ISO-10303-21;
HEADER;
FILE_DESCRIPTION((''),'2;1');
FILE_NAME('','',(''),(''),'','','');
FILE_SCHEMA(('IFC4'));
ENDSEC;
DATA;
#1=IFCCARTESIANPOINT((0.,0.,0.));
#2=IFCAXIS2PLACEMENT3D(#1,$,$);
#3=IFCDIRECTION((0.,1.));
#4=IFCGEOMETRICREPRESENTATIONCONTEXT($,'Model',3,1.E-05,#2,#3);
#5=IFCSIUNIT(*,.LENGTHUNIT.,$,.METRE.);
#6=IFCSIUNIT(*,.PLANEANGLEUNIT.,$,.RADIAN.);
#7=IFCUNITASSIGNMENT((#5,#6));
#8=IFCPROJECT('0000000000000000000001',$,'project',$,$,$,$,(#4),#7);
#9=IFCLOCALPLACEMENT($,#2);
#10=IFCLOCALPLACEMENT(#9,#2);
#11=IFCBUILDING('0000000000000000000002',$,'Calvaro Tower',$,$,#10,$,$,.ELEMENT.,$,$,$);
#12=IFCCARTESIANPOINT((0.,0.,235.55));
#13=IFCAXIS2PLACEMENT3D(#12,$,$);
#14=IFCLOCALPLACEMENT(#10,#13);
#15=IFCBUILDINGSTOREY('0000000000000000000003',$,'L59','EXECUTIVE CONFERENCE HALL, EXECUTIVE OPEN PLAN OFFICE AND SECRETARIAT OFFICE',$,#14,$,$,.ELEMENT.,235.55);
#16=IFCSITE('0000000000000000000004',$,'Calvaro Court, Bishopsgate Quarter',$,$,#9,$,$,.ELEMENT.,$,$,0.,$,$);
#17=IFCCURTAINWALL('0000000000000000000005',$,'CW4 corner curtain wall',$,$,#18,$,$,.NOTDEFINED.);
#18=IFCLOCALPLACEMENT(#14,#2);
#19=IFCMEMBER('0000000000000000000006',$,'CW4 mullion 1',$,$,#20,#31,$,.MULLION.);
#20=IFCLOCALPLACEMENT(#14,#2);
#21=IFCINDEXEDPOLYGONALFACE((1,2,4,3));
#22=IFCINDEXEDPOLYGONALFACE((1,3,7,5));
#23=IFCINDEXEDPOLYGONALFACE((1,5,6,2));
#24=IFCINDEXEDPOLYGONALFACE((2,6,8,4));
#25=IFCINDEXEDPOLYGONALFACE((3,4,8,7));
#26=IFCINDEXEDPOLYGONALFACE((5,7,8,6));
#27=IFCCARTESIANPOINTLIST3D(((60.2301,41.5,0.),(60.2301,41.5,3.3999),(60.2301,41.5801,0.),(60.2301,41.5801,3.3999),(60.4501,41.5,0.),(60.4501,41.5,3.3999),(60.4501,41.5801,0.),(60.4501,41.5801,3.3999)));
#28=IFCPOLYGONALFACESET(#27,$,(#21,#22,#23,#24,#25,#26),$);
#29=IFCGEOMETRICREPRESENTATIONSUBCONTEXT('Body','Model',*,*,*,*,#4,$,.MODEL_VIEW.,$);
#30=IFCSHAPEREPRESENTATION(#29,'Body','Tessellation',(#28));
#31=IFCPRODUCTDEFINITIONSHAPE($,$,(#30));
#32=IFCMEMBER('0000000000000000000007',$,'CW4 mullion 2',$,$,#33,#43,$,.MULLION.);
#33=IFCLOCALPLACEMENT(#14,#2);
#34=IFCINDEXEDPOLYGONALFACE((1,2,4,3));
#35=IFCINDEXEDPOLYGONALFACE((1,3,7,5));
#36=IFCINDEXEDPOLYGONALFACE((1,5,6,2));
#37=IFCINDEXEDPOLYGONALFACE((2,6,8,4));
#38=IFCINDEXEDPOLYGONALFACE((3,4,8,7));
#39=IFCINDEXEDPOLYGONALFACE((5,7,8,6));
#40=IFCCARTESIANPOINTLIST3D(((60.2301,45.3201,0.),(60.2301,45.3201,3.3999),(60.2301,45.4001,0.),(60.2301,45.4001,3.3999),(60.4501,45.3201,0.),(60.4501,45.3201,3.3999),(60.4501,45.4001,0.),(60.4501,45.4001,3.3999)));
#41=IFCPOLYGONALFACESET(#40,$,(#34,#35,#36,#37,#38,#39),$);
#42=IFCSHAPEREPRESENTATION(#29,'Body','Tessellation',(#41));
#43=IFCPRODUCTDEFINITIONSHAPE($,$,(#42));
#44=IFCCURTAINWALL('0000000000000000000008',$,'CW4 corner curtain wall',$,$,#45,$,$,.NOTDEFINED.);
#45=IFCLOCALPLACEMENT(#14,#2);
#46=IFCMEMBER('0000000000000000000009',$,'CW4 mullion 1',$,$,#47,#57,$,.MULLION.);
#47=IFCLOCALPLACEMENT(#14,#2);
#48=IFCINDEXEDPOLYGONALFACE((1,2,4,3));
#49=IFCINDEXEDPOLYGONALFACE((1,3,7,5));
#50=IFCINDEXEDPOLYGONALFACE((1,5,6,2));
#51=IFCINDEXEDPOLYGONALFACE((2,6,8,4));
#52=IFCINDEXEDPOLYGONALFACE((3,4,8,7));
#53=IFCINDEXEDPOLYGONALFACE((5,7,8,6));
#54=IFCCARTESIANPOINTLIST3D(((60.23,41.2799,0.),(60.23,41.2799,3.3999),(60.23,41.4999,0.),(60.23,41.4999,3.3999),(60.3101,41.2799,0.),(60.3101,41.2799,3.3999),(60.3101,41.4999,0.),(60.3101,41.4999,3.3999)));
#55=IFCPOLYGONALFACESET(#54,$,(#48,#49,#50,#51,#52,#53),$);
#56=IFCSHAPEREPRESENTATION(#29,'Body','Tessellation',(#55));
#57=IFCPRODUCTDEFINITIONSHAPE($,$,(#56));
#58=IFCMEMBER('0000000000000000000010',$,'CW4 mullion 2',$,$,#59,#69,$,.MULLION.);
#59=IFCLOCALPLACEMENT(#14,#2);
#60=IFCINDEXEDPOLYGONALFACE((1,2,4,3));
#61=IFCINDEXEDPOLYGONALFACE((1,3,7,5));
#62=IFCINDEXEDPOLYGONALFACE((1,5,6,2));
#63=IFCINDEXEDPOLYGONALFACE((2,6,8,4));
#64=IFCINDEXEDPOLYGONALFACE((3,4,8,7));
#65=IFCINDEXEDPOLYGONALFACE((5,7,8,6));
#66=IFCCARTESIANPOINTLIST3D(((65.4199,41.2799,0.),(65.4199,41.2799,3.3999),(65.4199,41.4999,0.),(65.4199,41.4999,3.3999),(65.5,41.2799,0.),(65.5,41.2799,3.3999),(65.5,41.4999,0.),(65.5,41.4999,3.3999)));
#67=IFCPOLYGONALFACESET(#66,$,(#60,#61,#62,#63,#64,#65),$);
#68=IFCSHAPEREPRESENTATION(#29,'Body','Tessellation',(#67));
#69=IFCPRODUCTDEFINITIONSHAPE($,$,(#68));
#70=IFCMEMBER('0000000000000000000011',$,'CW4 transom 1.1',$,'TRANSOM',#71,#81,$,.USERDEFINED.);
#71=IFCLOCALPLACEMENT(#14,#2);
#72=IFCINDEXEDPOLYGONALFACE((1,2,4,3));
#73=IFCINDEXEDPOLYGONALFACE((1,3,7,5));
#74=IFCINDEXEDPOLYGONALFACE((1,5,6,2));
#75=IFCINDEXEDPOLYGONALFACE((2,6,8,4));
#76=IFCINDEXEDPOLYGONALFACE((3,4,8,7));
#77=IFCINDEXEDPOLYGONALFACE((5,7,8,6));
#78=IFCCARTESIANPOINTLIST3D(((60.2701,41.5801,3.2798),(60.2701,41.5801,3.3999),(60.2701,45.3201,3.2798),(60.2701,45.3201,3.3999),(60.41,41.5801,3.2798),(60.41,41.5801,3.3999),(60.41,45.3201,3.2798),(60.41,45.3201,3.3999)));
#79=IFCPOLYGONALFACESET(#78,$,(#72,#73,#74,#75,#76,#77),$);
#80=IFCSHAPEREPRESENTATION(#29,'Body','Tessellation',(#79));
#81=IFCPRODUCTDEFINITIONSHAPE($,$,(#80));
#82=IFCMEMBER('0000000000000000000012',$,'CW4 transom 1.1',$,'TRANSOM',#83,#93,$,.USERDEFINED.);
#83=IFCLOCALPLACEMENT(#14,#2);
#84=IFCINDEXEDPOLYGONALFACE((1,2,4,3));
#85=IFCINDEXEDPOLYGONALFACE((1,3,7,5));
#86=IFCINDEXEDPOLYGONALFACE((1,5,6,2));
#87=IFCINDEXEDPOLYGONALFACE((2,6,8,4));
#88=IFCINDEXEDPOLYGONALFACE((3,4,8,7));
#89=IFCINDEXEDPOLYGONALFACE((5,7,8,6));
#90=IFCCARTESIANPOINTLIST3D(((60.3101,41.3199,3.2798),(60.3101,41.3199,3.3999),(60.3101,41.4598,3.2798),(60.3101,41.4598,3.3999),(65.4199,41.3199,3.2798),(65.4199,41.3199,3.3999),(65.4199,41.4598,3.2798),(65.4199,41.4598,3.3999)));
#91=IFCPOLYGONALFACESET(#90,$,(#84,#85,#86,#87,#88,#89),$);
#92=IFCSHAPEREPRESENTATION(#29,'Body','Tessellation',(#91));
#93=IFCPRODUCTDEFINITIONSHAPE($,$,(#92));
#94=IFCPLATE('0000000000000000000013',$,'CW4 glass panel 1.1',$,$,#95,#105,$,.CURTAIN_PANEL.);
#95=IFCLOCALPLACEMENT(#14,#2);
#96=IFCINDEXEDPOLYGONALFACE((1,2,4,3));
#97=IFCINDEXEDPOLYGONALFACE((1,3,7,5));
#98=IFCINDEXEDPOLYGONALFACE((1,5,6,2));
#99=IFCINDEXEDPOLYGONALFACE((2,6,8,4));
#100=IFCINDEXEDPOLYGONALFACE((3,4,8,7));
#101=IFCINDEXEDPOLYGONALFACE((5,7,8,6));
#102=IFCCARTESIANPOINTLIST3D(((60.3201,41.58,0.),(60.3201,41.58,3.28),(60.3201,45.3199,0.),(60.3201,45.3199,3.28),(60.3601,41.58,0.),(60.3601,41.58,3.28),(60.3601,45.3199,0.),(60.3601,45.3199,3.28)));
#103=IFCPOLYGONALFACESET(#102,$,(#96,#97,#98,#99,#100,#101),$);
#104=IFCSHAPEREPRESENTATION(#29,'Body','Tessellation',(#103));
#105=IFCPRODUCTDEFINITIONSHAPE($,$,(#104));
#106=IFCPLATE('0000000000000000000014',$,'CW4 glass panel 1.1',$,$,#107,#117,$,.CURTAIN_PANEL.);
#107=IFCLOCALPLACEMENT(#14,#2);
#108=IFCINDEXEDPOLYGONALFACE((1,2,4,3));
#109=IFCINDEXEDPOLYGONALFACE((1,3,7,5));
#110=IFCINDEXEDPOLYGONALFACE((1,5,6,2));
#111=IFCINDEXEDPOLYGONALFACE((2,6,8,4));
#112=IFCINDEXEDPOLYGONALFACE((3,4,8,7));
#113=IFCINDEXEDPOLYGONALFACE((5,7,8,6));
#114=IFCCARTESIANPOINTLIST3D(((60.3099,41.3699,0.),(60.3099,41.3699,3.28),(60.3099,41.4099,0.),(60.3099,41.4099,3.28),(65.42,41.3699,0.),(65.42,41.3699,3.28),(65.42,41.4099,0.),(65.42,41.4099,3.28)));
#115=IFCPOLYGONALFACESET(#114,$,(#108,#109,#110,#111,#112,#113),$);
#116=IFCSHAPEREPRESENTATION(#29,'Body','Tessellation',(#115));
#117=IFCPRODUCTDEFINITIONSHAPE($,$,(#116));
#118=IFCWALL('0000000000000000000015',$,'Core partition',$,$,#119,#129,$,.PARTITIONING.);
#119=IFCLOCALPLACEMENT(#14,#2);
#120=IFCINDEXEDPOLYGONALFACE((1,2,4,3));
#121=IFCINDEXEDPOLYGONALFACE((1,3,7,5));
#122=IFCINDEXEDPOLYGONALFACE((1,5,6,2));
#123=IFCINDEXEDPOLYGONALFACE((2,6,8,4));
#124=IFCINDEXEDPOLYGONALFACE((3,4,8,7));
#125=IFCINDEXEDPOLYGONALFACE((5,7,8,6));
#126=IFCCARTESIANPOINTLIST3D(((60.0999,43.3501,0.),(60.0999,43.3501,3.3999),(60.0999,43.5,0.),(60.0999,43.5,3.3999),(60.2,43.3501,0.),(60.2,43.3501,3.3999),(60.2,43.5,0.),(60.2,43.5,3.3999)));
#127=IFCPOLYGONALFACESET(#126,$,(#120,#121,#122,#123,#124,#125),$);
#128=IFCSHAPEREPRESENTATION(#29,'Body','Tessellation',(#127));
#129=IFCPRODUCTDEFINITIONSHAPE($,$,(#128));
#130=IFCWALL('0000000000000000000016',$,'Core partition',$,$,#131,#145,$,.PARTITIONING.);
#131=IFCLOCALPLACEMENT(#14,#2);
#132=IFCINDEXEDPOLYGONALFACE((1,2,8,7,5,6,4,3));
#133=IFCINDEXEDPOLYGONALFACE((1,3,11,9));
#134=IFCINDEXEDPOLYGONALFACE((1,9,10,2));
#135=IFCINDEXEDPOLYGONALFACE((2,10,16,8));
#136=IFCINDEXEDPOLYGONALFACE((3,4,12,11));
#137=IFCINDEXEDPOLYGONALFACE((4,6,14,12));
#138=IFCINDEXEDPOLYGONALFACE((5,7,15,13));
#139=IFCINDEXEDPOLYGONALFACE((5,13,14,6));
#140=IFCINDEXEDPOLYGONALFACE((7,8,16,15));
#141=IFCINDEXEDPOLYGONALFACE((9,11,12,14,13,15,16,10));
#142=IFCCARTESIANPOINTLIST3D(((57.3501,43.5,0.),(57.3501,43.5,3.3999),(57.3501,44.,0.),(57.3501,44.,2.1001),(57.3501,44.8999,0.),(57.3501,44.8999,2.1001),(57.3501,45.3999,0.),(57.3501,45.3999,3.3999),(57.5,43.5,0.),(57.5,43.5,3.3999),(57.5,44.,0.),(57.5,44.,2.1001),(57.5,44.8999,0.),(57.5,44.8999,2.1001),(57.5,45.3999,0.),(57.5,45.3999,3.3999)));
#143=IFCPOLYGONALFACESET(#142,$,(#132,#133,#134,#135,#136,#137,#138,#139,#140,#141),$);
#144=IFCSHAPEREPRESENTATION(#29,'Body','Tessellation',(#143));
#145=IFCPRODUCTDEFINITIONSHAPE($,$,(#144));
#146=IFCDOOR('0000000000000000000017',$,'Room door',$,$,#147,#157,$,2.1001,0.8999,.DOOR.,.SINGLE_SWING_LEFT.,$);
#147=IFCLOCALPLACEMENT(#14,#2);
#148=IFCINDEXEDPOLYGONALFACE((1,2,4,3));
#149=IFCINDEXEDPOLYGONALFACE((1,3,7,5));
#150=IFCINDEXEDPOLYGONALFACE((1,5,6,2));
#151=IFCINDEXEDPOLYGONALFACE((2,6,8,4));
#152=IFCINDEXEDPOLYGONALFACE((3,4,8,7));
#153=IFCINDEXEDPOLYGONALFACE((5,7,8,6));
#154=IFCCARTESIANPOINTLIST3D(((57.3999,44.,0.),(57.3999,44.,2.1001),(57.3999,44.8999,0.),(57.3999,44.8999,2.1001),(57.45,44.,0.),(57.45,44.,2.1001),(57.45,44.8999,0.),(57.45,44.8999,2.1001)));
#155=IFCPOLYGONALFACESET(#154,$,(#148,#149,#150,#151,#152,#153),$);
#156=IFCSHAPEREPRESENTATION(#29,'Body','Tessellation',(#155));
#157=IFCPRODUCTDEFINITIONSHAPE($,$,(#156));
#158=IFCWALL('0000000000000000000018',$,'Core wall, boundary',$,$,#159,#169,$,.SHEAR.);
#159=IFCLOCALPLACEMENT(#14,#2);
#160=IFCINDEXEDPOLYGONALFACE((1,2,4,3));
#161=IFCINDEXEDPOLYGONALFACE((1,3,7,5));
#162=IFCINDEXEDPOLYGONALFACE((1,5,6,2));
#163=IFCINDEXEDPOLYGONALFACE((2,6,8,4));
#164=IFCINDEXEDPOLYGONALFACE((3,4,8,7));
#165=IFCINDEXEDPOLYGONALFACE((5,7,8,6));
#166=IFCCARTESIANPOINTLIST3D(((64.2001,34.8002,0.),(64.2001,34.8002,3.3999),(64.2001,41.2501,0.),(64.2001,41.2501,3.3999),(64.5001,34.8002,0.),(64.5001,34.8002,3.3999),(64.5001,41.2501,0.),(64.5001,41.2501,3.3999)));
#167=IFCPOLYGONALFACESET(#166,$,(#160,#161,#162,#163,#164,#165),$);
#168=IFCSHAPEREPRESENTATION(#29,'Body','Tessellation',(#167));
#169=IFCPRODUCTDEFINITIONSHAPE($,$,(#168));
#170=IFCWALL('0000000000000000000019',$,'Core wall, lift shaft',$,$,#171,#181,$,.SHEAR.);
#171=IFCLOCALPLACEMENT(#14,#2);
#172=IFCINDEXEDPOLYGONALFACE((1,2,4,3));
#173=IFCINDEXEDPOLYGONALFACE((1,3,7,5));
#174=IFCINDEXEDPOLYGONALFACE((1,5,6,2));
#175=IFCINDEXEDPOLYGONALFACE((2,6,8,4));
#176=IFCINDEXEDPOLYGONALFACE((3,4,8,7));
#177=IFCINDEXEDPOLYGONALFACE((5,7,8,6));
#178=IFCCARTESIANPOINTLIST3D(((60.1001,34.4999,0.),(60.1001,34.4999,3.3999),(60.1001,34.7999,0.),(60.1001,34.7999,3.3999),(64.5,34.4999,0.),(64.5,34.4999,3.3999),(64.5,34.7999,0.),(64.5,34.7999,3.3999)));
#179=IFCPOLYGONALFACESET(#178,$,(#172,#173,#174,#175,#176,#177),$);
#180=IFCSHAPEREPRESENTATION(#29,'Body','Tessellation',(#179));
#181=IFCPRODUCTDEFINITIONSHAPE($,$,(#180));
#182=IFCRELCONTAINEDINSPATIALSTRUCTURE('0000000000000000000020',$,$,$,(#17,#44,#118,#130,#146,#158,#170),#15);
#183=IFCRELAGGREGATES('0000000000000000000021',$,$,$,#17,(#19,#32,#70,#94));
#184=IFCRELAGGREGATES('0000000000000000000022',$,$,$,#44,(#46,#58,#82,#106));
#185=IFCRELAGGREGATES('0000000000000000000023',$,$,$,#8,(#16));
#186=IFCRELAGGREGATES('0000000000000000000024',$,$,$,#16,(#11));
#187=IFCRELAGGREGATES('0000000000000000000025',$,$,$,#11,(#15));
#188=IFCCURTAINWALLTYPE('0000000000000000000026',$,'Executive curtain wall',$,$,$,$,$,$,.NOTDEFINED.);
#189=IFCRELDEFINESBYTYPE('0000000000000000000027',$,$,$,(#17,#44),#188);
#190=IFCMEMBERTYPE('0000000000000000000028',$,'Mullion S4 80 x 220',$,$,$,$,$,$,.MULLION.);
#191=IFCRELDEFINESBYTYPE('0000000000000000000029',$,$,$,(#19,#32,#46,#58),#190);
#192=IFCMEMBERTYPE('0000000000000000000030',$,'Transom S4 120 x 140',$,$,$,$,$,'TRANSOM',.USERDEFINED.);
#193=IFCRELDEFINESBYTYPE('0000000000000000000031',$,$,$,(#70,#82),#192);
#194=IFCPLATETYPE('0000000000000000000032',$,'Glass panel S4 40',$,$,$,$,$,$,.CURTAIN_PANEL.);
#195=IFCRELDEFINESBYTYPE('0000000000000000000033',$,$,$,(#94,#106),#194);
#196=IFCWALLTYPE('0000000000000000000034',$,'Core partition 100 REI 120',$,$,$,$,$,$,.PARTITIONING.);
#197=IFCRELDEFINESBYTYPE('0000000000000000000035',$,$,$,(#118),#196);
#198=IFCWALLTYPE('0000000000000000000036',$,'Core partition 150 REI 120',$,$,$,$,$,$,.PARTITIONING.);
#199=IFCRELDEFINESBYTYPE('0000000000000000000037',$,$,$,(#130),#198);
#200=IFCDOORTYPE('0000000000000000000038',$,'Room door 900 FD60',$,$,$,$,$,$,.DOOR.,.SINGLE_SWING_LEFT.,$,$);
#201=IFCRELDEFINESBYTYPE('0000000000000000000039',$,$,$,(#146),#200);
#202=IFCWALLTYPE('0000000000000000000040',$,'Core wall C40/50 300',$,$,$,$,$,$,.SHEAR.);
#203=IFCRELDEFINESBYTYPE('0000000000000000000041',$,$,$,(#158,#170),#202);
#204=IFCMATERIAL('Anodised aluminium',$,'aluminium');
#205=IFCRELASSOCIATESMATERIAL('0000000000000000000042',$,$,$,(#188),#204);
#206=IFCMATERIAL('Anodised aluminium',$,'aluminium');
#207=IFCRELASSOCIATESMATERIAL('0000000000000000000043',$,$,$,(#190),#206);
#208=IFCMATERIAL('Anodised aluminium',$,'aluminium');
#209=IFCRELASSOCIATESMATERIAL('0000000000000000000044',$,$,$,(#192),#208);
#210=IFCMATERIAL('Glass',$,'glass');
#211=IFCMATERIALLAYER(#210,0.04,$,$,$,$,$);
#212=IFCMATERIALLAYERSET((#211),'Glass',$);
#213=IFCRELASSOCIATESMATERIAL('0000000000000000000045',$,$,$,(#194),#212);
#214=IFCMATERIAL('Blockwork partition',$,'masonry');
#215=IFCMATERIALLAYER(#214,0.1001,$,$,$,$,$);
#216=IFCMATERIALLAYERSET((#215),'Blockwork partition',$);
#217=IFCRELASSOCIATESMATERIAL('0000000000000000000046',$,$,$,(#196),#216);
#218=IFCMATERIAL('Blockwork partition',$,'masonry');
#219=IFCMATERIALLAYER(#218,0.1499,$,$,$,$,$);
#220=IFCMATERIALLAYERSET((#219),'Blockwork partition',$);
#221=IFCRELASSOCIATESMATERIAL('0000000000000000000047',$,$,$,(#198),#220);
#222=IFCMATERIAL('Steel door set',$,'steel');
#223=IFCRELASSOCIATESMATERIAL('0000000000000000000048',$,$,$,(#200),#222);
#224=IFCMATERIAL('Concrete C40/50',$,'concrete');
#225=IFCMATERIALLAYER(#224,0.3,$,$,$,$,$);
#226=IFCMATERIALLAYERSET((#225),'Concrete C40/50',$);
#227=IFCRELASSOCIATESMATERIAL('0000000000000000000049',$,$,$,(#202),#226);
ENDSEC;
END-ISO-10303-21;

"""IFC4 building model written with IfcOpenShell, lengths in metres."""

from ifc_helpers import new_model, si_unit, direction, frame, frame_2d, origin, origin_2d, place, context, subcontext, project, spatial, rectangle, extrude, material, layer, layer_set, material_profile, profile_set, type_object, element, fill, aggregate, save


model = new_model("IFC4")

# Units and contexts
model_context = context("Model", 3, precision=1e-05, world=origin(), true_north=direction((0.0, 1.0)))
body_context = subcontext(model_context, "Body", "Model", "MODEL_VIEW")
ifc_project = project(units=[si_unit("LENGTHUNIT", "METRE"), si_unit("PLANEANGLEUNIT", "RADIAN")], contexts=[model_context])

# Site, building, storey
site_placement = place(None, origin())
site = spatial("IfcSite", under=ifc_project, at=site_placement, Name="Calvaro Court, Bishopsgate Quarter", CompositionType="ELEMENT", RefElevation=0.0)
building_placement = place(site_placement, origin())
building = spatial("IfcBuilding", under=site, at=building_placement, Name="Calvaro Tower", CompositionType="ELEMENT")
storey_placement = place(building_placement, frame((0.0, 0.0, 235.55)))
storey = spatial("IfcBuildingStorey", under=building, at=storey_placement, Name="L59", Description="EXECUTIVE CONFERENCE HALL, EXECUTIVE OPEN PLAN OFFICE AND SECRETARIAT OFFICE", CompositionType="ELEMENT", Elevation=235.55)

# Curtain walls, members
ifc_material_1 = material(Name="Anodised aluminium", Category="aluminium")
curtain_wall_type = type_object("IfcCurtainWallType", Name="Executive curtain wall", PredefinedType="NOTDEFINED", material=ifc_material_1)
curtain_wall_1_placement = place(storey_placement, origin())
curtain_wall_1 = element("IfcCurtainWall", 1, at=curtain_wall_1_placement, inside=storey, type_object=curtain_wall_type, Name="CW4 corner curtain wall", PredefinedType="NOTDEFINED")
ifc_material_2 = material(Name="Anodised aluminium", Category="aluminium")
ifc_material_profile_1 = material_profile(ifc_material_2, rectangle(XDim=0.22, YDim=0.0801, at=origin_2d()), Name="Mullion S4 80 x 220")
ifc_profile_set_1 = profile_set([ifc_material_profile_1], Name="Anodised aluminium")
member_type_1 = type_object("IfcMemberType", Name="Mullion S4 80 x 220", PredefinedType="MULLION", material=ifc_profile_set_1)
member_1_placement = place(storey_placement, frame((60.3401, 41.54, 0.0), z_axis=(0.0, 0.0, 1.0), x_axis=(-1.0, 0.0, 0.0)))
member_1 = element("IfcMember", 2, at=member_1_placement, type_object=member_type_1, Name="CW4 mullion 1", PredefinedType="MULLION", context=body_context, shape_type="SweptSolid", body=[
    extrude(rectangle(XDim=0.22, YDim=0.0801, at=origin_2d()), origin(), (0.0, 0.0, 1.0), 3.3999),
])
member_2_placement = place(storey_placement, frame((60.3401, 45.3601, 0.0), z_axis=(0.0, 0.0, 1.0), x_axis=(-1.0, 0.0, 0.0)))
member_2 = element("IfcMember", 3, at=member_2_placement, type_object=member_type_1, Name="CW4 mullion 2", PredefinedType="MULLION", context=body_context, shape_type="SweptSolid", body=[
    extrude(rectangle(XDim=0.22, YDim=0.0801, at=origin_2d()), origin(), (0.0, 0.0, 1.0), 3.3999),
])
curtain_wall_2_placement = place(storey_placement, origin())
curtain_wall_2 = element("IfcCurtainWall", 4, at=curtain_wall_2_placement, inside=storey, type_object=curtain_wall_type, Name="CW4 corner curtain wall", PredefinedType="NOTDEFINED")
member_3_placement = place(storey_placement, frame((60.27, 41.3899, 0.0), z_axis=(0.0, 0.0, 1.0), x_axis=(0.0, 1.0, 0.0)))
member_3 = element("IfcMember", 5, at=member_3_placement, type_object=member_type_1, Name="CW4 mullion 1", PredefinedType="MULLION", context=body_context, shape_type="SweptSolid", body=[
    extrude(rectangle(XDim=0.22, YDim=0.0801, at=origin_2d()), origin(), (0.0, 0.0, 1.0), 3.3999),
])
member_4_placement = place(storey_placement, frame((65.46, 41.3899, 0.0), z_axis=(0.0, 0.0, 1.0), x_axis=(0.0, 1.0, 0.0)))
member_4 = element("IfcMember", 6, at=member_4_placement, type_object=member_type_1, Name="CW4 mullion 2", PredefinedType="MULLION", context=body_context, shape_type="SweptSolid", body=[
    extrude(rectangle(XDim=0.22, YDim=0.0801, at=origin_2d()), origin(), (0.0, 0.0, 1.0), 3.3999),
])

# Members
ifc_material_3 = material(Name="Anodised aluminium", Category="aluminium")
ifc_material_profile_2 = material_profile(ifc_material_3, rectangle(XDim=0.1399, YDim=0.1201, at=origin_2d()), Name="Transom S4 120 x 140")
ifc_profile_set_2 = profile_set([ifc_material_profile_2], Name="Anodised aluminium")
member_type_2 = type_object("IfcMemberType", Name="Transom S4 120 x 140", ElementType="TRANSOM", PredefinedType="USERDEFINED", material=ifc_profile_set_2)
member_5_placement = place(storey_placement, frame((60.3401, 41.5801, 3.3398), z_axis=(0.0, 1.0, 0.0), x_axis=(-1.0, 0.0, 0.0)))
member_5 = element("IfcMember", 7, at=member_5_placement, type_object=member_type_2, Name="CW4 transom 1.1", ObjectType="TRANSOM", PredefinedType="USERDEFINED", context=body_context, shape_type="SweptSolid", body=[
    extrude(rectangle(XDim=0.1399, YDim=0.1201, at=origin_2d()), origin(), (0.0, 0.0, 1.0), 3.74),
])
member_6_placement = place(storey_placement, frame((60.3101, 41.3899, 3.3398), z_axis=(1.0, 0.0, 0.0), x_axis=(0.0, 1.0, 0.0)))
member_6 = element("IfcMember", 8, at=member_6_placement, type_object=member_type_2, Name="CW4 transom 1.1", ObjectType="TRANSOM", PredefinedType="USERDEFINED", context=body_context, shape_type="SweptSolid", body=[
    extrude(rectangle(XDim=0.1399, YDim=0.1201, at=origin_2d()), origin(), (0.0, 0.0, 1.0), 5.1099),
])

# Plates
ifc_material_4 = material(Name="Glass", Category="glass")
ifc_layer_1 = layer(ifc_material_4, 0.04)
ifc_layer_set_1 = layer_set([ifc_layer_1], Name="Glass")
plate_type = type_object("IfcPlateType", Name="Glass panel S4 40", PredefinedType="CURTAIN_PANEL", material=ifc_layer_set_1)
plate_1_placement = place(storey_placement, frame((60.3401, 43.45, 0.0), z_axis=(0.0, 0.0, 1.0), x_axis=(0.0, 1.0, 0.0)))
plate_1 = element("IfcPlate", 9, at=plate_1_placement, type_object=plate_type, Name="CW4 glass panel 1.1", PredefinedType="CURTAIN_PANEL", context=body_context, shape_type="SweptSolid", body=[
    extrude(rectangle(XDim=3.74, YDim=0.04, at=origin_2d()), origin(), (0.0, 0.0, 1.0), 3.28),
])
aggregate(curtain_wall_1, [member_1, member_2, member_5, plate_1])
plate_2_placement = place(storey_placement, frame((62.865, 41.3899, 0.0), z_axis=(0.0, 0.0, 1.0), x_axis=(1.0, 0.0, 0.0)))
plate_2 = element("IfcPlate", 10, at=plate_2_placement, type_object=plate_type, Name="CW4 glass panel 1.1", PredefinedType="CURTAIN_PANEL", context=body_context, shape_type="SweptSolid", body=[
    extrude(rectangle(XDim=5.1101, YDim=0.04, at=origin_2d()), origin(), (0.0, 0.0, 1.0), 3.28),
])
aggregate(curtain_wall_2, [member_3, member_4, member_6, plate_2])

# Wall
ifc_material_5 = material(Name="Blockwork partition", Category="masonry")
ifc_layer_2 = layer(ifc_material_5, 0.1001)
ifc_layer_set_2 = layer_set([ifc_layer_2], Name="Blockwork partition")
wall_type_1 = type_object("IfcWallType", Name="Core partition 100 REI 120", PredefinedType="PARTITIONING", material=ifc_layer_set_2)
wall_1_placement = place(storey_placement, frame((60.1499, 43.3501, 0.0), z_axis=(0.0, 0.0, 1.0), x_axis=(0.0, 1.0, 0.0)))
element("IfcWall", 11, at=wall_1_placement, inside=storey, type_object=wall_type_1, Name="Core partition", PredefinedType="PARTITIONING", context=body_context, shape_type="SweptSolid", body=[
    extrude(rectangle(XDim=0.1499, YDim=0.1001, at=frame_2d((0.075, 0.0))), origin(), (0.0, 0.0, 1.0), 3.3999),
])

# Wall, opening, door
ifc_material_6 = material(Name="Blockwork partition", Category="masonry")
ifc_layer_3 = layer(ifc_material_6, 0.1499)
ifc_layer_set_3 = layer_set([ifc_layer_3], Name="Blockwork partition")
wall_type_2 = type_object("IfcWallType", Name="Core partition 150 REI 120", PredefinedType="PARTITIONING", material=ifc_layer_set_3)
wall_2_placement = place(storey_placement, frame((57.425, 45.3999, 0.0), z_axis=(0.0, 0.0, 1.0), x_axis=(0.0, -1.0, 0.0)))
wall_2 = element("IfcWall", 12, at=wall_2_placement, inside=storey, type_object=wall_type_2, Name="Core partition", PredefinedType="PARTITIONING", context=body_context, shape_type="SweptSolid", body=[
    extrude(rectangle(XDim=1.8999, YDim=0.1499, at=frame_2d((0.95, 0.0))), origin(), (0.0, 0.0, 1.0), 3.3999),
])
opening_1_placement = place(wall_2_placement, frame((0.5, 0.0, 0.0)))
opening_1 = element("IfcOpeningElement", 13, at=opening_1_placement, cuts=wall_2, PredefinedType="OPENING", context=body_context, shape_type="SweptSolid", body=[
    extrude(rectangle(XDim=0.8999, YDim=2.1001, at=frame_2d((0.45, 1.05))), frame((0.0, 0.085, 0.0), z_axis=(0.0, -1.0, 0.0), x_axis=(1.0, 0.0, 0.0)), (0.0, 0.0, 1.0), 0.1699),
])
ifc_material_7 = material(Name="Steel door set", Category="steel")
door_type_1 = type_object("IfcDoorType", Name="Room door 900 FD60", OperationType="SINGLE_SWING_LEFT", PredefinedType="DOOR", material=ifc_material_7)
door_1_placement = place(opening_1_placement, origin())
door_1 = element("IfcDoor", 14, at=door_1_placement, inside=storey, type_object=door_type_1, Name="Room door", OperationType="SINGLE_SWING_LEFT", OverallHeight=2.1001, OverallWidth=0.8999, PredefinedType="DOOR", context=body_context, shape_type="SweptSolid", body=[
    extrude(rectangle(XDim=0.8999, YDim=2.1001, at=frame_2d((0.45, 1.05))), frame((0.0, 0.0249, 0.0), z_axis=(0.0, -1.0, 0.0), x_axis=(1.0, 0.0, 0.0)), (0.0, 0.0, 1.0), 0.05),
])
fill(opening_1, door_1)

# Walls
ifc_material_8 = material(Name="Concrete C40/50", Category="concrete")
ifc_layer_4 = layer(ifc_material_8, 0.3)
ifc_layer_set_4 = layer_set([ifc_layer_4], Name="Concrete C40/50")
wall_type_3 = type_object("IfcWallType", Name="Core wall C40/50 300", PredefinedType="SHEAR", material=ifc_layer_set_4)
wall_3_placement = place(storey_placement, frame((64.3501, 34.8, 0.0), z_axis=(0.0, 0.0, 1.0), x_axis=(0.0, 1.0, 0.0)))
element("IfcWall", 15, at=wall_3_placement, inside=storey, type_object=wall_type_3, Name="Core wall, boundary", PredefinedType="SHEAR", context=body_context, shape_type="SweptSolid", body=[
    extrude(rectangle(XDim=6.45, YDim=0.3, at=frame_2d((3.2251, 0.0))), origin(), (0.0, 0.0, 1.0), 3.3999),
])
wall_4_placement = place(storey_placement, frame((60.1001, 34.6499, 0.0), z_axis=(0.0, 0.0, 1.0), x_axis=(1.0, 0.0, 0.0)))
element("IfcWall", 16, at=wall_4_placement, inside=storey, type_object=wall_type_3, Name="Core wall, lift shaft", PredefinedType="SHEAR", context=body_context, shape_type="SweptSolid", body=[
    extrude(rectangle(XDim=4.3999, YDim=0.3, at=frame_2d((2.2, 0.0))), origin(), (0.0, 0.0, 1.0), 3.3999),
])

save(model, "model.ifc")
